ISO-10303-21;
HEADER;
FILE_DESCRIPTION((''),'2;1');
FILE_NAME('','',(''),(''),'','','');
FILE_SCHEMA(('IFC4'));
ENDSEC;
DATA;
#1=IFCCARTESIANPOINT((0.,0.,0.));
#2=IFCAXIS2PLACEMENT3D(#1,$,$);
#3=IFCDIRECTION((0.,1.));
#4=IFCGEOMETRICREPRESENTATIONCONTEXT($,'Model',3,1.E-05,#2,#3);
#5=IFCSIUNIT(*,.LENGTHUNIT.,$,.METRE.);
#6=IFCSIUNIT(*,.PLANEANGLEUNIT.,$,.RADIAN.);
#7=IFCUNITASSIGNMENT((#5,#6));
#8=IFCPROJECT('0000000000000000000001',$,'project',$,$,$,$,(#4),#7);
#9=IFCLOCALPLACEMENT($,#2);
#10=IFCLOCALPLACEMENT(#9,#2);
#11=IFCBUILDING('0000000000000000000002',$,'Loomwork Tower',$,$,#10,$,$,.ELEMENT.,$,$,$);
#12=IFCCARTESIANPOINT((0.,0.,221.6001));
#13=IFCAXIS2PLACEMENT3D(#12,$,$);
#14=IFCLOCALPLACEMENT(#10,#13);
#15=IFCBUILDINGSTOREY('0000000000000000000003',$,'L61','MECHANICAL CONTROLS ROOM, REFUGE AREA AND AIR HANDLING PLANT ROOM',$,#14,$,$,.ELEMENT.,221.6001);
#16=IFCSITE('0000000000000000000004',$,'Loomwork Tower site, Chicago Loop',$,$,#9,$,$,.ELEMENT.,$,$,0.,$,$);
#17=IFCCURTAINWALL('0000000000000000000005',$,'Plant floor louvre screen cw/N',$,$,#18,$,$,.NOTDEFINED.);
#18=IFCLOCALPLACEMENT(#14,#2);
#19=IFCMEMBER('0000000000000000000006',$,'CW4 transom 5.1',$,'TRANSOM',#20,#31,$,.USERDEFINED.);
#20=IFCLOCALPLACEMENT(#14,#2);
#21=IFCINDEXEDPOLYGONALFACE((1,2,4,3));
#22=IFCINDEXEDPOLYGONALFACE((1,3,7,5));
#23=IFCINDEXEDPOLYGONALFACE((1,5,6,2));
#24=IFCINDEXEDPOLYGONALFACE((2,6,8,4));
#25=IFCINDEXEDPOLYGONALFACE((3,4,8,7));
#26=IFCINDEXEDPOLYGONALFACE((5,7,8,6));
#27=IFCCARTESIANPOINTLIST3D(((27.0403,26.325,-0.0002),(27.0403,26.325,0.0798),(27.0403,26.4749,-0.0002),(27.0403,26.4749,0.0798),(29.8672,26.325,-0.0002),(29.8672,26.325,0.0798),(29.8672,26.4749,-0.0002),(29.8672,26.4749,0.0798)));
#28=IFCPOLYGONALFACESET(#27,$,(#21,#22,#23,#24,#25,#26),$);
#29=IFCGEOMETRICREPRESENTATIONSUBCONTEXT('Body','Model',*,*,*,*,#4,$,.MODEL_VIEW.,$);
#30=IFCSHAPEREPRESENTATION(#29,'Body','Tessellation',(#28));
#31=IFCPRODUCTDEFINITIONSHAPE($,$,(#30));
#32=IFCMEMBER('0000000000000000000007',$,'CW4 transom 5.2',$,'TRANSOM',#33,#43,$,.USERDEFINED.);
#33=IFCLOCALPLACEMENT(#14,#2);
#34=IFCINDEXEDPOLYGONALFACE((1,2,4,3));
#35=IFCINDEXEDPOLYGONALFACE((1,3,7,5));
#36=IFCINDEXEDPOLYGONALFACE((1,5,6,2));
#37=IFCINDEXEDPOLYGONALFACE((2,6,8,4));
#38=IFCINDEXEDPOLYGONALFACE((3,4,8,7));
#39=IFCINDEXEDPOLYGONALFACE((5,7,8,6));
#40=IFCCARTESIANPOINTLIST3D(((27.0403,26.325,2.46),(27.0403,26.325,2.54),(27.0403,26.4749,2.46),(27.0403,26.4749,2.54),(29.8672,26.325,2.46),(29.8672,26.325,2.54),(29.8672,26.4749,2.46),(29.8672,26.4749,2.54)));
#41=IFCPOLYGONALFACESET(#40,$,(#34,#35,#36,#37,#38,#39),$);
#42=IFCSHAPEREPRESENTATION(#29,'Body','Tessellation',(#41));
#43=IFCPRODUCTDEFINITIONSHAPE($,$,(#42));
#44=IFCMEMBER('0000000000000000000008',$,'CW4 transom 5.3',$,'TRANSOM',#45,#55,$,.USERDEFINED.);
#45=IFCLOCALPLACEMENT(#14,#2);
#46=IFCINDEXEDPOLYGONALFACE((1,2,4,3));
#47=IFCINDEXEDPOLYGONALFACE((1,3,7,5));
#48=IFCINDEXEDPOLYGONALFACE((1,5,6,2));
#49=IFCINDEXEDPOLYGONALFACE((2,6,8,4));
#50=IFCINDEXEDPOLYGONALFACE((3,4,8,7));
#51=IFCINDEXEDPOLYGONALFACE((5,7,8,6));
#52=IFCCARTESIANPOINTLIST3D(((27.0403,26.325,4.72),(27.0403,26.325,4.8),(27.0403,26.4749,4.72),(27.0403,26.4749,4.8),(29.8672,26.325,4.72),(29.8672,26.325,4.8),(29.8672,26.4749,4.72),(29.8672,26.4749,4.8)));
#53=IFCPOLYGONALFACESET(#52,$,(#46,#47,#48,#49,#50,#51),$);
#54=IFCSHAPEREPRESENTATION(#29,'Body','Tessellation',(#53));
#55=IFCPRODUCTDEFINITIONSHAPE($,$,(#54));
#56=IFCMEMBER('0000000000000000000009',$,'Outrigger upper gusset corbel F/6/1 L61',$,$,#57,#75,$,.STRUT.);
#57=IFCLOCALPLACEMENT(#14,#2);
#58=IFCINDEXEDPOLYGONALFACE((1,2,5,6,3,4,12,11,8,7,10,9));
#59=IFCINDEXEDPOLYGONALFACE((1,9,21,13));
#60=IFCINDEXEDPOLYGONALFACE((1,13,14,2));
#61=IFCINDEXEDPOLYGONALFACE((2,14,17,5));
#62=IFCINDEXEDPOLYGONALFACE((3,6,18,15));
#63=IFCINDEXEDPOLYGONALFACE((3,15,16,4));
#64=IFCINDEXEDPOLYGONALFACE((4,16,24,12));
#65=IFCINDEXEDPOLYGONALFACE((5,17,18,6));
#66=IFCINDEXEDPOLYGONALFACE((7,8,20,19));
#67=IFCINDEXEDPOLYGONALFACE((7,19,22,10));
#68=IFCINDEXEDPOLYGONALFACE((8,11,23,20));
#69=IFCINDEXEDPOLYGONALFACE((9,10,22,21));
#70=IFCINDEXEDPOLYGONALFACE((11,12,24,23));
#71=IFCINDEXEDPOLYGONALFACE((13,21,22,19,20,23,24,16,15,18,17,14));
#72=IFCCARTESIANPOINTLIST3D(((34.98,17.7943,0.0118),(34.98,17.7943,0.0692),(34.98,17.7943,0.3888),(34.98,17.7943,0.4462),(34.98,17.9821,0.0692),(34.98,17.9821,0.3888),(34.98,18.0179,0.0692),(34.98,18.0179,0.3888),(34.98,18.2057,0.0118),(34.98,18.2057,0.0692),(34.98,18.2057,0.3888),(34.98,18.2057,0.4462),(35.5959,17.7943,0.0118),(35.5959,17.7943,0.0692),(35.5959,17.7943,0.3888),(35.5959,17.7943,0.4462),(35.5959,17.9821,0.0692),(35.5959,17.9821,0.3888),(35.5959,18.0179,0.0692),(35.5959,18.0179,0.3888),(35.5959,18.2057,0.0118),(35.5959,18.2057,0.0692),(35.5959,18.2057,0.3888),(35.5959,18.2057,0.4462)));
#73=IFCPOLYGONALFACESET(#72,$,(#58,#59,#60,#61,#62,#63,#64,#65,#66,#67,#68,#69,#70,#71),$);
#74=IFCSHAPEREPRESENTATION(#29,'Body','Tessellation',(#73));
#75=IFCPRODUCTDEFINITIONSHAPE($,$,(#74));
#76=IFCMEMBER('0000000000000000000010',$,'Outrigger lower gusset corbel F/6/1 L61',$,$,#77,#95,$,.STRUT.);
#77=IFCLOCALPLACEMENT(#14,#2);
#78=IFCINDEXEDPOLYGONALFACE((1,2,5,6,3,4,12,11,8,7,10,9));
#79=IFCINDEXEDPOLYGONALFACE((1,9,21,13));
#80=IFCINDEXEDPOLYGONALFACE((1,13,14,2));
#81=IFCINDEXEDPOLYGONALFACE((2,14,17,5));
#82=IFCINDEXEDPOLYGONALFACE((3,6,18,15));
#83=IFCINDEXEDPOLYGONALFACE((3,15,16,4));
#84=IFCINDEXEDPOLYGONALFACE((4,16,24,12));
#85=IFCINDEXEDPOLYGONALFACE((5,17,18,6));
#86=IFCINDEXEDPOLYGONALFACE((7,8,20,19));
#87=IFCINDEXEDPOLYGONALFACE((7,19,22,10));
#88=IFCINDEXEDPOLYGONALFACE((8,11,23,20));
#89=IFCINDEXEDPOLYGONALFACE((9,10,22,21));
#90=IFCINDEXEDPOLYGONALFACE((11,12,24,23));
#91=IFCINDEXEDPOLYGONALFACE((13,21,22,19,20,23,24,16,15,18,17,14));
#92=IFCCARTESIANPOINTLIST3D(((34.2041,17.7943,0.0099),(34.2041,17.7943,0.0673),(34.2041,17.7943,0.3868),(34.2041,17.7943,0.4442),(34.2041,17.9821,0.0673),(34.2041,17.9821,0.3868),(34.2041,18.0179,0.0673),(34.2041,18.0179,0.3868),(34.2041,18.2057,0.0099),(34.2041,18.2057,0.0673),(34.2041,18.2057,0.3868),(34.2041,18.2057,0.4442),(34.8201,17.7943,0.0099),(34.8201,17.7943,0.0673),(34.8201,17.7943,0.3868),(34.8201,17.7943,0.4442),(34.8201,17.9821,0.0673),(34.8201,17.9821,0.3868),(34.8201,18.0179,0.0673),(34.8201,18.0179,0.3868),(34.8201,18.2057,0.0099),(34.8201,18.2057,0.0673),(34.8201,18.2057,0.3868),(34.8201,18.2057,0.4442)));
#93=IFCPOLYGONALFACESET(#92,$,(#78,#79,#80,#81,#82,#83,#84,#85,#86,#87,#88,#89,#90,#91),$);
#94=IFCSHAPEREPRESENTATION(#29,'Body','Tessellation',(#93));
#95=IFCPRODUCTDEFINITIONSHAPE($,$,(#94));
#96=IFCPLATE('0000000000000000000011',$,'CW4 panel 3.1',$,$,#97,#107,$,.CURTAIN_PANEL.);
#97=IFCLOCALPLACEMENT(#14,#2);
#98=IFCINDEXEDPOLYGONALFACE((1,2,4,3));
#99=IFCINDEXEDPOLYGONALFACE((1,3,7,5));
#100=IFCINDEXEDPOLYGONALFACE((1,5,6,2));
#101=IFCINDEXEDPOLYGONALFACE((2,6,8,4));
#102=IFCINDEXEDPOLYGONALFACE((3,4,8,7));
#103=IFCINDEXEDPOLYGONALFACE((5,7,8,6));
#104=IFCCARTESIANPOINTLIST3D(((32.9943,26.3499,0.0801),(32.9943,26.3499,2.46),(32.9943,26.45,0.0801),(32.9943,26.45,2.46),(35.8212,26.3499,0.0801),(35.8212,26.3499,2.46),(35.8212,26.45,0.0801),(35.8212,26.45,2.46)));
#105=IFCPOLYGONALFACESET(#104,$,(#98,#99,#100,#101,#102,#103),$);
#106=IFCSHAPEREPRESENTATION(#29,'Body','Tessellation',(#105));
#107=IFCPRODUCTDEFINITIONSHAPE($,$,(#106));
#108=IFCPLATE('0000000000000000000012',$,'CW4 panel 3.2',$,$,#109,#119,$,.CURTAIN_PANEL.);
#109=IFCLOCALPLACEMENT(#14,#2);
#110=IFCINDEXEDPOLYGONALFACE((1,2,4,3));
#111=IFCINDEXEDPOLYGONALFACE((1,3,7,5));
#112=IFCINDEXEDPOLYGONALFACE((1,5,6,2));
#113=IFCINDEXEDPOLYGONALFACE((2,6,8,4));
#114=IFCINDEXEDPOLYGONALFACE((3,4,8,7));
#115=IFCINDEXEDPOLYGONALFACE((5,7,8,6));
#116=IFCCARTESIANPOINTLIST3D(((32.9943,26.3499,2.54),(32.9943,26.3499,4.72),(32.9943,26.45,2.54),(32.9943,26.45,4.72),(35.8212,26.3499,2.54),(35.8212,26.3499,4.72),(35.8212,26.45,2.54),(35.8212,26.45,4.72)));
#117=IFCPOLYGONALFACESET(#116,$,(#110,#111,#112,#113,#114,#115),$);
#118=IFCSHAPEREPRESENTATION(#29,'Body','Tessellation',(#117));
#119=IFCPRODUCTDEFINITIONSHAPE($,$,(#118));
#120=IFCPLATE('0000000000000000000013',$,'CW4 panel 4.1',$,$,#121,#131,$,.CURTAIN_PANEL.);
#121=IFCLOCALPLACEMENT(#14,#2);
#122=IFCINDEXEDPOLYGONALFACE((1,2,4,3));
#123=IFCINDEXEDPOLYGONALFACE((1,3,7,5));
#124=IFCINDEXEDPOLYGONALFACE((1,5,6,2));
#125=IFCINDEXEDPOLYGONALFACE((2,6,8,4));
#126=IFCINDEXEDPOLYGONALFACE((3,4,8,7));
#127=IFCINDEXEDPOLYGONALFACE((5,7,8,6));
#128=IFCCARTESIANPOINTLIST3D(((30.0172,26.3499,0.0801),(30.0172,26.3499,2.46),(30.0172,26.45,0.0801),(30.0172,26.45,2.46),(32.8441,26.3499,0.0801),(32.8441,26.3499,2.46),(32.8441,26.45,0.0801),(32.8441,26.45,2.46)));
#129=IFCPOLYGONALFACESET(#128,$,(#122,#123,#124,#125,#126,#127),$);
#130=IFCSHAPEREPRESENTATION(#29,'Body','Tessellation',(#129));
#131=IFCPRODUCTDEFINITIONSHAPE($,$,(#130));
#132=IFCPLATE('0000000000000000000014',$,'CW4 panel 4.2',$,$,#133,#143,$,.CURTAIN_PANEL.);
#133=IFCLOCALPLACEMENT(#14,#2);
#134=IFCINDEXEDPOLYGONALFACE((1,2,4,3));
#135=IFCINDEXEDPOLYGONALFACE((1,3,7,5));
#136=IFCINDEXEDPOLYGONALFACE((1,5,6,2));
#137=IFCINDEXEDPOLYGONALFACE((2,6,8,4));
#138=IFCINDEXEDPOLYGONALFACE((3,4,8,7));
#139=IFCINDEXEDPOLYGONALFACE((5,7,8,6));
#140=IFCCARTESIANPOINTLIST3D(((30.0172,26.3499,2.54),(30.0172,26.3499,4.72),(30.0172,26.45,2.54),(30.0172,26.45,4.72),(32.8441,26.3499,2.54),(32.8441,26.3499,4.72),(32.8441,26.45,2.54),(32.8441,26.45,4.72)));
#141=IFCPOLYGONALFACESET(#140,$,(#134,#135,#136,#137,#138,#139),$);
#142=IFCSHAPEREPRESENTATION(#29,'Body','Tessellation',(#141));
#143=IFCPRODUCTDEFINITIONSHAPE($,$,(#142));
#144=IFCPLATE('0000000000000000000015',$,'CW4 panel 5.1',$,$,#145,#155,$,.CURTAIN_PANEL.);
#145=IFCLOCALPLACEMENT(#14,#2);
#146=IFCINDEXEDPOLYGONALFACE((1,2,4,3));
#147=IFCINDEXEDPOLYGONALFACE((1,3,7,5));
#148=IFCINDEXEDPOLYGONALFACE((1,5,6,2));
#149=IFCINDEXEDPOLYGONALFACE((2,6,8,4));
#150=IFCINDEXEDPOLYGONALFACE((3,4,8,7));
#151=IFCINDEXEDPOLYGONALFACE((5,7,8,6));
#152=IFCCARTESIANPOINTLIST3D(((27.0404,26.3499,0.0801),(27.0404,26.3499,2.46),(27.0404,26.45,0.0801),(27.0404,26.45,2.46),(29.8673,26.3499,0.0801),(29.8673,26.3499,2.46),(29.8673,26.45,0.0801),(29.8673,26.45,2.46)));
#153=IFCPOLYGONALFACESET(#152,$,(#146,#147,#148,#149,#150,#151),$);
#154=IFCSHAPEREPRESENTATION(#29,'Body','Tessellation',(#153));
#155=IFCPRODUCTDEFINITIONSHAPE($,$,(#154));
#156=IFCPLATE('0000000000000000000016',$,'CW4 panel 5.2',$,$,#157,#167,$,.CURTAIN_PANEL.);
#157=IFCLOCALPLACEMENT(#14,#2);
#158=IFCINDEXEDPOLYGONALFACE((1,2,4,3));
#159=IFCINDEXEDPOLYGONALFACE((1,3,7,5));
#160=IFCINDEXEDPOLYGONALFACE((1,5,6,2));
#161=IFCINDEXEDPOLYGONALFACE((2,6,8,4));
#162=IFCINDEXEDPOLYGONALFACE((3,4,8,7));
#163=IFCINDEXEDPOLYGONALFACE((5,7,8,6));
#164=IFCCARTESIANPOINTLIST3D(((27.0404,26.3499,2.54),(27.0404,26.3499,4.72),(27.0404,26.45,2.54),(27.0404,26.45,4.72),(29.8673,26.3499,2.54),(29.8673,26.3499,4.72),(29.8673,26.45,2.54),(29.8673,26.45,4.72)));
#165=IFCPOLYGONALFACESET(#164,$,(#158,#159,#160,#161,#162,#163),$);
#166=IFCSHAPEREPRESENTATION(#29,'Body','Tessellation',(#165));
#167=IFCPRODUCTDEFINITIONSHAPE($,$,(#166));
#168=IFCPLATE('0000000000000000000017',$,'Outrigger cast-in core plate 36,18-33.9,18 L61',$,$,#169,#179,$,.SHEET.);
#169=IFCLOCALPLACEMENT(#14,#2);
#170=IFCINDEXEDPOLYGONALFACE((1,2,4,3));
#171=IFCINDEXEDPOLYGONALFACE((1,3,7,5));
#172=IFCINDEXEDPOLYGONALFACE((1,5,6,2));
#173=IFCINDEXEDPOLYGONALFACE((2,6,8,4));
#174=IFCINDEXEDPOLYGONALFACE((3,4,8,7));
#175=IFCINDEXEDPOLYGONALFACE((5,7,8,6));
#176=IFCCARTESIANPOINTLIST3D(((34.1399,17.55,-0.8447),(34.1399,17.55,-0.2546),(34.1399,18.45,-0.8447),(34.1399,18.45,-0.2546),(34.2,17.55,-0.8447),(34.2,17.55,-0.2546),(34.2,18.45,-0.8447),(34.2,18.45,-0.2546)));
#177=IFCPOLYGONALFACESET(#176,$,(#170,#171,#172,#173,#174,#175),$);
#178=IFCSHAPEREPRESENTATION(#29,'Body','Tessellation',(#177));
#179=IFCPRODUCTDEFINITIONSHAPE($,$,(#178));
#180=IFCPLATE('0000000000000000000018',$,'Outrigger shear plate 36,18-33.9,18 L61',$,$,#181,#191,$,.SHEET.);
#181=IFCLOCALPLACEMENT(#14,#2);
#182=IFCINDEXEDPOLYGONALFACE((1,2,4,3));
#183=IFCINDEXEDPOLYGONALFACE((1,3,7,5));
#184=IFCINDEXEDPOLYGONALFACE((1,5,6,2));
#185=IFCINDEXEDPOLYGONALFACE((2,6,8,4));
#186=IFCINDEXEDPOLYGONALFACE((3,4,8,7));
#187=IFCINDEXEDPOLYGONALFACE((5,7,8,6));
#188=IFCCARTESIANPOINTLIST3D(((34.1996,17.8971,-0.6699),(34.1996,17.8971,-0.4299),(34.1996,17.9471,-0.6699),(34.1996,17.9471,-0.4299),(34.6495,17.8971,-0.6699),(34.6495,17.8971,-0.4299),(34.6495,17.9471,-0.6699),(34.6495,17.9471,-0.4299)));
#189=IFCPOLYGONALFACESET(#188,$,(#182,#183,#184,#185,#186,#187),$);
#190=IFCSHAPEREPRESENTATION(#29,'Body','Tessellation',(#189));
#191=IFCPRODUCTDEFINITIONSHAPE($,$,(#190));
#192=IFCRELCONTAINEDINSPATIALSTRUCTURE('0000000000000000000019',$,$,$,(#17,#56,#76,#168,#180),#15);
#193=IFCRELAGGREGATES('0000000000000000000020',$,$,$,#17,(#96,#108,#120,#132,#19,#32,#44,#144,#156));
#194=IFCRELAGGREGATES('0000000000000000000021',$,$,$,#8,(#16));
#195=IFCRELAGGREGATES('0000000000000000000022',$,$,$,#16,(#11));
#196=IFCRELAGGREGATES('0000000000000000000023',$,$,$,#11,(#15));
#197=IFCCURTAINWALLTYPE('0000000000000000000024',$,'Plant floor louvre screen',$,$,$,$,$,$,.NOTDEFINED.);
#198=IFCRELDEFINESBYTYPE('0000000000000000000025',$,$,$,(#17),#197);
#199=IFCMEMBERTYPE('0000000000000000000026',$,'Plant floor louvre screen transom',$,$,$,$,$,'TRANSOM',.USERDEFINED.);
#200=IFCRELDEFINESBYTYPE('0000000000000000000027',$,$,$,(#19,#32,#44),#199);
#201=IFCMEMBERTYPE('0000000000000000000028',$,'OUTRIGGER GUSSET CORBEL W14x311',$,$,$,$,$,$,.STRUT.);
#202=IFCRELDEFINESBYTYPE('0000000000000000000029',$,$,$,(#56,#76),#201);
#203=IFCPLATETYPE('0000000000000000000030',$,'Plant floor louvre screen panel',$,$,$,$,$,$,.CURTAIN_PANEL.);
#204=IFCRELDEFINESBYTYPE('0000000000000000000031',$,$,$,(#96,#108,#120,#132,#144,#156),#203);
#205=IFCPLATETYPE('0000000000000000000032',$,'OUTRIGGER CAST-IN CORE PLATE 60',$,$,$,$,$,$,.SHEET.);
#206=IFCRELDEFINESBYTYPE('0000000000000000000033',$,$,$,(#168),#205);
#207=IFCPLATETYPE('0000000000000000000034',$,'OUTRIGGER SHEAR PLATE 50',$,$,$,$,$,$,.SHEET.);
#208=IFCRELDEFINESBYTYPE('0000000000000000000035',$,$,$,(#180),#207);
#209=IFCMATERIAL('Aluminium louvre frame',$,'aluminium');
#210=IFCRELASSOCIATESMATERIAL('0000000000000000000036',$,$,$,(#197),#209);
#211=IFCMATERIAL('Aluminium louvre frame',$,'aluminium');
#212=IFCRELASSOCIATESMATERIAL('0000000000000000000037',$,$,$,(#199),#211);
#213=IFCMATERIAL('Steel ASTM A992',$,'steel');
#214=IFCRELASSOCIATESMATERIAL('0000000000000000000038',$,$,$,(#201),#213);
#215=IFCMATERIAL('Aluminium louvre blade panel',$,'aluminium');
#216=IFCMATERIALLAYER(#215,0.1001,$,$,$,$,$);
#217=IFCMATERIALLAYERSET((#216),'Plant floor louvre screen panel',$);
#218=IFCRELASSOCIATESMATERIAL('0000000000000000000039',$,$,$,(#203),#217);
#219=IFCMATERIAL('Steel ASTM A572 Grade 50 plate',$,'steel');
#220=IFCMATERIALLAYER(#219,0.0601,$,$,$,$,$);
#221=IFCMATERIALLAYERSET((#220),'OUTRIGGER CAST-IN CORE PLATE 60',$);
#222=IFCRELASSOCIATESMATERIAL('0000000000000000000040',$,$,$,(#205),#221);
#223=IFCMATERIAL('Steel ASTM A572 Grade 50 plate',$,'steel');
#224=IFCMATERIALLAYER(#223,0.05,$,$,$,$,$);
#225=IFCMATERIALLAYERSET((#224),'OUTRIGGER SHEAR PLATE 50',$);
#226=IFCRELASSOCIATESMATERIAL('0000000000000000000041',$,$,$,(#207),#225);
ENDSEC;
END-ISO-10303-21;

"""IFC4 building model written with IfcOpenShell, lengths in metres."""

from ifc_helpers import new_model, si_unit, direction, frame, origin, origin_2d, place, context, subcontext, project, spatial, rectangle, i_section, extrude, material, layer, layer_set, material_profile, profile_set, type_object, element, aggregate, save


model = new_model("IFC4")

# Units and contexts
model_context = context("Model", 3, precision=1e-05, world=origin(), true_north=direction((0.0, 1.0)))
body_context = subcontext(model_context, "Body", "Model", "MODEL_VIEW")
ifc_project = project(units=[si_unit("LENGTHUNIT", "METRE"), si_unit("PLANEANGLEUNIT", "RADIAN")], contexts=[model_context])

# Site, building, storey
site_placement = place(None, origin())
site = spatial("IfcSite", under=ifc_project, at=site_placement, Name="Loomwork Tower site, Chicago Loop", CompositionType="ELEMENT", RefElevation=0.0)
building_placement = place(site_placement, origin())
building = spatial("IfcBuilding", under=site, at=building_placement, Name="Loomwork Tower", CompositionType="ELEMENT")
storey_placement = place(building_placement, frame((0.0, 0.0, 221.6001)))
storey = spatial("IfcBuildingStorey", under=building, at=storey_placement, Name="L61", Description="MECHANICAL CONTROLS ROOM, REFUGE AREA AND AIR HANDLING PLANT ROOM", CompositionType="ELEMENT", Elevation=221.6001)

# Curtain wall, members
ifc_material_1 = material(Name="Aluminium louvre frame", Category="aluminium")
curtain_wall_type = type_object("IfcCurtainWallType", Name="Plant floor louvre screen", PredefinedType="NOTDEFINED", material=ifc_material_1)
curtain_wall_placement = place(storey_placement, origin())
curtain_wall = element("IfcCurtainWall", 1, at=curtain_wall_placement, inside=storey, type_object=curtain_wall_type, Name="Plant floor louvre screen cw/N", PredefinedType="NOTDEFINED")
ifc_material_2 = material(Name="Aluminium louvre frame", Category="aluminium")
ifc_material_profile_1 = material_profile(ifc_material_2, rectangle(XDim=0.1499, YDim=0.0801, at=origin_2d()), Name="AL 80x150")
ifc_profile_set_1 = profile_set([ifc_material_profile_1], Name="Aluminium louvre frame")
member_type_1 = type_object("IfcMemberType", Name="Plant floor louvre screen transom", ElementType="TRANSOM", PredefinedType="USERDEFINED", material=ifc_profile_set_1)
member_1_placement = place(storey_placement, frame((29.8672, 26.3999, 0.0398), z_axis=(-1.0, 0.0, 0.0), x_axis=(0.0, -1.0, 0.0)))
member_1 = element("IfcMember", 2, at=member_1_placement, type_object=member_type_1, Name="CW4 transom 5.1", ObjectType="TRANSOM", PredefinedType="USERDEFINED", context=body_context, shape_type="SweptSolid", body=[
    extrude(rectangle(XDim=0.1499, YDim=0.0801, at=origin_2d()), origin(), (0.0, 0.0, 1.0), 2.8269),
])
member_2_placement = place(storey_placement, frame((29.8672, 26.3999, 2.5), z_axis=(-1.0, 0.0, 0.0), x_axis=(0.0, -1.0, 0.0)))
member_2 = element("IfcMember", 3, at=member_2_placement, type_object=member_type_1, Name="CW4 transom 5.2", ObjectType="TRANSOM", PredefinedType="USERDEFINED", context=body_context, shape_type="SweptSolid", body=[
    extrude(rectangle(XDim=0.1499, YDim=0.0801, at=origin_2d()), origin(), (0.0, 0.0, 1.0), 2.8269),
])
member_3_placement = place(storey_placement, frame((29.8672, 26.3999, 4.76), z_axis=(-1.0, 0.0, 0.0), x_axis=(0.0, -1.0, 0.0)))
member_3 = element("IfcMember", 4, at=member_3_placement, type_object=member_type_1, Name="CW4 transom 5.3", ObjectType="TRANSOM", PredefinedType="USERDEFINED", context=body_context, shape_type="SweptSolid", body=[
    extrude(rectangle(XDim=0.1499, YDim=0.0801, at=origin_2d()), origin(), (0.0, 0.0, 1.0), 2.8269),
])

# Members
ifc_material_3 = material(Name="Steel ASTM A992", Category="steel")
ifc_material_profile_2 = material_profile(ifc_material_3, i_section(OverallWidth=0.4114, OverallDepth=0.4343, WebThickness=0.0359, FlangeThickness=0.0574, at=origin_2d()), Name="W14x311")
ifc_profile_set_2 = profile_set([ifc_material_profile_2], Name="Steel ASTM A992")
member_type_2 = type_object("IfcMemberType", Name="OUTRIGGER GUSSET CORBEL W14x311", PredefinedType="STRUT", material=ifc_profile_set_2)
for number, where, z_axis, x_axis, name in (
    (5, (35.5959, 18.0, 0.229), (-1.0, 0.0, 0.0), (0.0, -1.0, 0.0), "Outrigger upper gusset corbel F/6/1 L61"),
    (6, (34.2041, 18.0, 0.2271), (1.0, 0.0, 0.0), (0.0, 1.0, 0.0), "Outrigger lower gusset corbel F/6/1 L61"),
):
    element("IfcMember", number, at=place(storey_placement, frame(where, z_axis=z_axis, x_axis=x_axis)), inside=storey, type_object=member_type_2, Name=name, PredefinedType="STRUT", context=body_context, shape_type="SweptSolid", body=[
        extrude(i_section(OverallWidth=0.4114, OverallDepth=0.4343, WebThickness=0.0359, FlangeThickness=0.0574, at=origin_2d()), origin(), (0.0, 0.0, 1.0), 0.616),
    ])

# Plates
ifc_material_4 = material(Name="Aluminium louvre blade panel", Category="aluminium")
ifc_layer_1 = layer(ifc_material_4, 0.1001)
ifc_layer_set_1 = layer_set([ifc_layer_1], Name="Plant floor louvre screen panel")
plate_type_1 = type_object("IfcPlateType", Name="Plant floor louvre screen panel", PredefinedType="CURTAIN_PANEL", material=ifc_layer_set_1)
plate_1_placement = place(storey_placement, frame((34.4077, 26.3999, 0.0801), z_axis=(0.0, 0.0, 1.0), x_axis=(-1.0, 0.0, 0.0)))
plate_1 = element("IfcPlate", 7, at=plate_1_placement, type_object=plate_type_1, Name="CW4 panel 3.1", PredefinedType="CURTAIN_PANEL", context=body_context, shape_type="SweptSolid", body=[
    extrude(rectangle(XDim=2.8269, YDim=0.1001, at=origin_2d()), origin(), (0.0, 0.0, 1.0), 2.3799),
])
plate_2_placement = place(storey_placement, frame((34.4077, 26.3999, 2.54), z_axis=(0.0, 0.0, 1.0), x_axis=(-1.0, 0.0, 0.0)))
plate_2 = element("IfcPlate", 8, at=plate_2_placement, type_object=plate_type_1, Name="CW4 panel 3.2", PredefinedType="CURTAIN_PANEL", context=body_context, shape_type="SweptSolid", body=[
    extrude(rectangle(XDim=2.8269, YDim=0.1001, at=origin_2d()), origin(), (0.0, 0.0, 1.0), 2.1799),
])
plate_3_placement = place(storey_placement, frame((31.4307, 26.3999, 0.0801), z_axis=(0.0, 0.0, 1.0), x_axis=(-1.0, 0.0, 0.0)))
plate_3 = element("IfcPlate", 9, at=plate_3_placement, type_object=plate_type_1, Name="CW4 panel 4.1", PredefinedType="CURTAIN_PANEL", context=body_context, shape_type="SweptSolid", body=[
    extrude(rectangle(XDim=2.8269, YDim=0.1001, at=origin_2d()), origin(), (0.0, 0.0, 1.0), 2.3799),
])
plate_4_placement = place(storey_placement, frame((31.4307, 26.3999, 2.54), z_axis=(0.0, 0.0, 1.0), x_axis=(-1.0, 0.0, 0.0)))
plate_4 = element("IfcPlate", 10, at=plate_4_placement, type_object=plate_type_1, Name="CW4 panel 4.2", PredefinedType="CURTAIN_PANEL", context=body_context, shape_type="SweptSolid", body=[
    extrude(rectangle(XDim=2.8269, YDim=0.1001, at=origin_2d()), origin(), (0.0, 0.0, 1.0), 2.1799),
])
plate_5_placement = place(storey_placement, frame((28.4539, 26.3999, 0.0801), z_axis=(0.0, 0.0, 1.0), x_axis=(-1.0, 0.0, 0.0)))
plate_5 = element("IfcPlate", 11, at=plate_5_placement, type_object=plate_type_1, Name="CW4 panel 5.1", PredefinedType="CURTAIN_PANEL", context=body_context, shape_type="SweptSolid", body=[
    extrude(rectangle(XDim=2.8269, YDim=0.1001, at=origin_2d()), origin(), (0.0, 0.0, 1.0), 2.3799),
])
plate_6_placement = place(storey_placement, frame((28.4539, 26.3999, 2.54), z_axis=(0.0, 0.0, 1.0), x_axis=(-1.0, 0.0, 0.0)))
plate_6 = element("IfcPlate", 12, at=plate_6_placement, type_object=plate_type_1, Name="CW4 panel 5.2", PredefinedType="CURTAIN_PANEL", context=body_context, shape_type="SweptSolid", body=[
    extrude(rectangle(XDim=2.8269, YDim=0.1001, at=origin_2d()), origin(), (0.0, 0.0, 1.0), 2.1799),
])
aggregate(curtain_wall, [plate_1, plate_2, plate_3, plate_4, member_1, member_2, member_3, plate_5, plate_6])

# Plates
ifc_material_5 = material(Name="Steel ASTM A572 Grade 50 plate", Category="steel")
ifc_layer_2 = layer(ifc_material_5, 0.0601)
ifc_layer_set_2 = layer_set([ifc_layer_2], Name="OUTRIGGER CAST-IN CORE PLATE 60")
plate_type_2 = type_object("IfcPlateType", Name="OUTRIGGER CAST-IN CORE PLATE 60", PredefinedType="SHEET", material=ifc_layer_set_2)
plate_7_placement = place(storey_placement, frame((34.1699, 18.0, -0.8447), z_axis=(0.0, 0.0, 1.0), x_axis=(0.0, 1.0, 0.0)))
element("IfcPlate", 13, at=plate_7_placement, inside=storey, type_object=plate_type_2, Name="Outrigger cast-in core plate 36,18-33.9,18 L61", PredefinedType="SHEET", context=body_context, shape_type="SweptSolid", body=[
    extrude(rectangle(XDim=0.8999, YDim=0.0601, at=origin_2d()), origin(), (0.0, 0.0, 1.0), 0.5901),
])
ifc_material_6 = material(Name="Steel ASTM A572 Grade 50 plate", Category="steel")
ifc_layer_3 = layer(ifc_material_6, 0.05)
ifc_layer_set_3 = layer_set([ifc_layer_3], Name="OUTRIGGER SHEAR PLATE 50")
plate_type_3 = type_object("IfcPlateType", Name="OUTRIGGER SHEAR PLATE 50", PredefinedType="SHEET", material=ifc_layer_set_3)
plate_8_placement = place(storey_placement, frame((34.4246, 17.9221, -0.6699), z_axis=(0.0, 0.0, 1.0), x_axis=(1.0, 0.0, 0.0)))
element("IfcPlate", 14, at=plate_8_placement, inside=storey, type_object=plate_type_3, Name="Outrigger shear plate 36,18-33.9,18 L61", PredefinedType="SHEET", context=body_context, shape_type="SweptSolid", body=[
    extrude(rectangle(XDim=0.45, YDim=0.05, at=origin_2d()), origin(), (0.0, 0.0, 1.0), 0.24),
])

save(model, "model.ifc")
